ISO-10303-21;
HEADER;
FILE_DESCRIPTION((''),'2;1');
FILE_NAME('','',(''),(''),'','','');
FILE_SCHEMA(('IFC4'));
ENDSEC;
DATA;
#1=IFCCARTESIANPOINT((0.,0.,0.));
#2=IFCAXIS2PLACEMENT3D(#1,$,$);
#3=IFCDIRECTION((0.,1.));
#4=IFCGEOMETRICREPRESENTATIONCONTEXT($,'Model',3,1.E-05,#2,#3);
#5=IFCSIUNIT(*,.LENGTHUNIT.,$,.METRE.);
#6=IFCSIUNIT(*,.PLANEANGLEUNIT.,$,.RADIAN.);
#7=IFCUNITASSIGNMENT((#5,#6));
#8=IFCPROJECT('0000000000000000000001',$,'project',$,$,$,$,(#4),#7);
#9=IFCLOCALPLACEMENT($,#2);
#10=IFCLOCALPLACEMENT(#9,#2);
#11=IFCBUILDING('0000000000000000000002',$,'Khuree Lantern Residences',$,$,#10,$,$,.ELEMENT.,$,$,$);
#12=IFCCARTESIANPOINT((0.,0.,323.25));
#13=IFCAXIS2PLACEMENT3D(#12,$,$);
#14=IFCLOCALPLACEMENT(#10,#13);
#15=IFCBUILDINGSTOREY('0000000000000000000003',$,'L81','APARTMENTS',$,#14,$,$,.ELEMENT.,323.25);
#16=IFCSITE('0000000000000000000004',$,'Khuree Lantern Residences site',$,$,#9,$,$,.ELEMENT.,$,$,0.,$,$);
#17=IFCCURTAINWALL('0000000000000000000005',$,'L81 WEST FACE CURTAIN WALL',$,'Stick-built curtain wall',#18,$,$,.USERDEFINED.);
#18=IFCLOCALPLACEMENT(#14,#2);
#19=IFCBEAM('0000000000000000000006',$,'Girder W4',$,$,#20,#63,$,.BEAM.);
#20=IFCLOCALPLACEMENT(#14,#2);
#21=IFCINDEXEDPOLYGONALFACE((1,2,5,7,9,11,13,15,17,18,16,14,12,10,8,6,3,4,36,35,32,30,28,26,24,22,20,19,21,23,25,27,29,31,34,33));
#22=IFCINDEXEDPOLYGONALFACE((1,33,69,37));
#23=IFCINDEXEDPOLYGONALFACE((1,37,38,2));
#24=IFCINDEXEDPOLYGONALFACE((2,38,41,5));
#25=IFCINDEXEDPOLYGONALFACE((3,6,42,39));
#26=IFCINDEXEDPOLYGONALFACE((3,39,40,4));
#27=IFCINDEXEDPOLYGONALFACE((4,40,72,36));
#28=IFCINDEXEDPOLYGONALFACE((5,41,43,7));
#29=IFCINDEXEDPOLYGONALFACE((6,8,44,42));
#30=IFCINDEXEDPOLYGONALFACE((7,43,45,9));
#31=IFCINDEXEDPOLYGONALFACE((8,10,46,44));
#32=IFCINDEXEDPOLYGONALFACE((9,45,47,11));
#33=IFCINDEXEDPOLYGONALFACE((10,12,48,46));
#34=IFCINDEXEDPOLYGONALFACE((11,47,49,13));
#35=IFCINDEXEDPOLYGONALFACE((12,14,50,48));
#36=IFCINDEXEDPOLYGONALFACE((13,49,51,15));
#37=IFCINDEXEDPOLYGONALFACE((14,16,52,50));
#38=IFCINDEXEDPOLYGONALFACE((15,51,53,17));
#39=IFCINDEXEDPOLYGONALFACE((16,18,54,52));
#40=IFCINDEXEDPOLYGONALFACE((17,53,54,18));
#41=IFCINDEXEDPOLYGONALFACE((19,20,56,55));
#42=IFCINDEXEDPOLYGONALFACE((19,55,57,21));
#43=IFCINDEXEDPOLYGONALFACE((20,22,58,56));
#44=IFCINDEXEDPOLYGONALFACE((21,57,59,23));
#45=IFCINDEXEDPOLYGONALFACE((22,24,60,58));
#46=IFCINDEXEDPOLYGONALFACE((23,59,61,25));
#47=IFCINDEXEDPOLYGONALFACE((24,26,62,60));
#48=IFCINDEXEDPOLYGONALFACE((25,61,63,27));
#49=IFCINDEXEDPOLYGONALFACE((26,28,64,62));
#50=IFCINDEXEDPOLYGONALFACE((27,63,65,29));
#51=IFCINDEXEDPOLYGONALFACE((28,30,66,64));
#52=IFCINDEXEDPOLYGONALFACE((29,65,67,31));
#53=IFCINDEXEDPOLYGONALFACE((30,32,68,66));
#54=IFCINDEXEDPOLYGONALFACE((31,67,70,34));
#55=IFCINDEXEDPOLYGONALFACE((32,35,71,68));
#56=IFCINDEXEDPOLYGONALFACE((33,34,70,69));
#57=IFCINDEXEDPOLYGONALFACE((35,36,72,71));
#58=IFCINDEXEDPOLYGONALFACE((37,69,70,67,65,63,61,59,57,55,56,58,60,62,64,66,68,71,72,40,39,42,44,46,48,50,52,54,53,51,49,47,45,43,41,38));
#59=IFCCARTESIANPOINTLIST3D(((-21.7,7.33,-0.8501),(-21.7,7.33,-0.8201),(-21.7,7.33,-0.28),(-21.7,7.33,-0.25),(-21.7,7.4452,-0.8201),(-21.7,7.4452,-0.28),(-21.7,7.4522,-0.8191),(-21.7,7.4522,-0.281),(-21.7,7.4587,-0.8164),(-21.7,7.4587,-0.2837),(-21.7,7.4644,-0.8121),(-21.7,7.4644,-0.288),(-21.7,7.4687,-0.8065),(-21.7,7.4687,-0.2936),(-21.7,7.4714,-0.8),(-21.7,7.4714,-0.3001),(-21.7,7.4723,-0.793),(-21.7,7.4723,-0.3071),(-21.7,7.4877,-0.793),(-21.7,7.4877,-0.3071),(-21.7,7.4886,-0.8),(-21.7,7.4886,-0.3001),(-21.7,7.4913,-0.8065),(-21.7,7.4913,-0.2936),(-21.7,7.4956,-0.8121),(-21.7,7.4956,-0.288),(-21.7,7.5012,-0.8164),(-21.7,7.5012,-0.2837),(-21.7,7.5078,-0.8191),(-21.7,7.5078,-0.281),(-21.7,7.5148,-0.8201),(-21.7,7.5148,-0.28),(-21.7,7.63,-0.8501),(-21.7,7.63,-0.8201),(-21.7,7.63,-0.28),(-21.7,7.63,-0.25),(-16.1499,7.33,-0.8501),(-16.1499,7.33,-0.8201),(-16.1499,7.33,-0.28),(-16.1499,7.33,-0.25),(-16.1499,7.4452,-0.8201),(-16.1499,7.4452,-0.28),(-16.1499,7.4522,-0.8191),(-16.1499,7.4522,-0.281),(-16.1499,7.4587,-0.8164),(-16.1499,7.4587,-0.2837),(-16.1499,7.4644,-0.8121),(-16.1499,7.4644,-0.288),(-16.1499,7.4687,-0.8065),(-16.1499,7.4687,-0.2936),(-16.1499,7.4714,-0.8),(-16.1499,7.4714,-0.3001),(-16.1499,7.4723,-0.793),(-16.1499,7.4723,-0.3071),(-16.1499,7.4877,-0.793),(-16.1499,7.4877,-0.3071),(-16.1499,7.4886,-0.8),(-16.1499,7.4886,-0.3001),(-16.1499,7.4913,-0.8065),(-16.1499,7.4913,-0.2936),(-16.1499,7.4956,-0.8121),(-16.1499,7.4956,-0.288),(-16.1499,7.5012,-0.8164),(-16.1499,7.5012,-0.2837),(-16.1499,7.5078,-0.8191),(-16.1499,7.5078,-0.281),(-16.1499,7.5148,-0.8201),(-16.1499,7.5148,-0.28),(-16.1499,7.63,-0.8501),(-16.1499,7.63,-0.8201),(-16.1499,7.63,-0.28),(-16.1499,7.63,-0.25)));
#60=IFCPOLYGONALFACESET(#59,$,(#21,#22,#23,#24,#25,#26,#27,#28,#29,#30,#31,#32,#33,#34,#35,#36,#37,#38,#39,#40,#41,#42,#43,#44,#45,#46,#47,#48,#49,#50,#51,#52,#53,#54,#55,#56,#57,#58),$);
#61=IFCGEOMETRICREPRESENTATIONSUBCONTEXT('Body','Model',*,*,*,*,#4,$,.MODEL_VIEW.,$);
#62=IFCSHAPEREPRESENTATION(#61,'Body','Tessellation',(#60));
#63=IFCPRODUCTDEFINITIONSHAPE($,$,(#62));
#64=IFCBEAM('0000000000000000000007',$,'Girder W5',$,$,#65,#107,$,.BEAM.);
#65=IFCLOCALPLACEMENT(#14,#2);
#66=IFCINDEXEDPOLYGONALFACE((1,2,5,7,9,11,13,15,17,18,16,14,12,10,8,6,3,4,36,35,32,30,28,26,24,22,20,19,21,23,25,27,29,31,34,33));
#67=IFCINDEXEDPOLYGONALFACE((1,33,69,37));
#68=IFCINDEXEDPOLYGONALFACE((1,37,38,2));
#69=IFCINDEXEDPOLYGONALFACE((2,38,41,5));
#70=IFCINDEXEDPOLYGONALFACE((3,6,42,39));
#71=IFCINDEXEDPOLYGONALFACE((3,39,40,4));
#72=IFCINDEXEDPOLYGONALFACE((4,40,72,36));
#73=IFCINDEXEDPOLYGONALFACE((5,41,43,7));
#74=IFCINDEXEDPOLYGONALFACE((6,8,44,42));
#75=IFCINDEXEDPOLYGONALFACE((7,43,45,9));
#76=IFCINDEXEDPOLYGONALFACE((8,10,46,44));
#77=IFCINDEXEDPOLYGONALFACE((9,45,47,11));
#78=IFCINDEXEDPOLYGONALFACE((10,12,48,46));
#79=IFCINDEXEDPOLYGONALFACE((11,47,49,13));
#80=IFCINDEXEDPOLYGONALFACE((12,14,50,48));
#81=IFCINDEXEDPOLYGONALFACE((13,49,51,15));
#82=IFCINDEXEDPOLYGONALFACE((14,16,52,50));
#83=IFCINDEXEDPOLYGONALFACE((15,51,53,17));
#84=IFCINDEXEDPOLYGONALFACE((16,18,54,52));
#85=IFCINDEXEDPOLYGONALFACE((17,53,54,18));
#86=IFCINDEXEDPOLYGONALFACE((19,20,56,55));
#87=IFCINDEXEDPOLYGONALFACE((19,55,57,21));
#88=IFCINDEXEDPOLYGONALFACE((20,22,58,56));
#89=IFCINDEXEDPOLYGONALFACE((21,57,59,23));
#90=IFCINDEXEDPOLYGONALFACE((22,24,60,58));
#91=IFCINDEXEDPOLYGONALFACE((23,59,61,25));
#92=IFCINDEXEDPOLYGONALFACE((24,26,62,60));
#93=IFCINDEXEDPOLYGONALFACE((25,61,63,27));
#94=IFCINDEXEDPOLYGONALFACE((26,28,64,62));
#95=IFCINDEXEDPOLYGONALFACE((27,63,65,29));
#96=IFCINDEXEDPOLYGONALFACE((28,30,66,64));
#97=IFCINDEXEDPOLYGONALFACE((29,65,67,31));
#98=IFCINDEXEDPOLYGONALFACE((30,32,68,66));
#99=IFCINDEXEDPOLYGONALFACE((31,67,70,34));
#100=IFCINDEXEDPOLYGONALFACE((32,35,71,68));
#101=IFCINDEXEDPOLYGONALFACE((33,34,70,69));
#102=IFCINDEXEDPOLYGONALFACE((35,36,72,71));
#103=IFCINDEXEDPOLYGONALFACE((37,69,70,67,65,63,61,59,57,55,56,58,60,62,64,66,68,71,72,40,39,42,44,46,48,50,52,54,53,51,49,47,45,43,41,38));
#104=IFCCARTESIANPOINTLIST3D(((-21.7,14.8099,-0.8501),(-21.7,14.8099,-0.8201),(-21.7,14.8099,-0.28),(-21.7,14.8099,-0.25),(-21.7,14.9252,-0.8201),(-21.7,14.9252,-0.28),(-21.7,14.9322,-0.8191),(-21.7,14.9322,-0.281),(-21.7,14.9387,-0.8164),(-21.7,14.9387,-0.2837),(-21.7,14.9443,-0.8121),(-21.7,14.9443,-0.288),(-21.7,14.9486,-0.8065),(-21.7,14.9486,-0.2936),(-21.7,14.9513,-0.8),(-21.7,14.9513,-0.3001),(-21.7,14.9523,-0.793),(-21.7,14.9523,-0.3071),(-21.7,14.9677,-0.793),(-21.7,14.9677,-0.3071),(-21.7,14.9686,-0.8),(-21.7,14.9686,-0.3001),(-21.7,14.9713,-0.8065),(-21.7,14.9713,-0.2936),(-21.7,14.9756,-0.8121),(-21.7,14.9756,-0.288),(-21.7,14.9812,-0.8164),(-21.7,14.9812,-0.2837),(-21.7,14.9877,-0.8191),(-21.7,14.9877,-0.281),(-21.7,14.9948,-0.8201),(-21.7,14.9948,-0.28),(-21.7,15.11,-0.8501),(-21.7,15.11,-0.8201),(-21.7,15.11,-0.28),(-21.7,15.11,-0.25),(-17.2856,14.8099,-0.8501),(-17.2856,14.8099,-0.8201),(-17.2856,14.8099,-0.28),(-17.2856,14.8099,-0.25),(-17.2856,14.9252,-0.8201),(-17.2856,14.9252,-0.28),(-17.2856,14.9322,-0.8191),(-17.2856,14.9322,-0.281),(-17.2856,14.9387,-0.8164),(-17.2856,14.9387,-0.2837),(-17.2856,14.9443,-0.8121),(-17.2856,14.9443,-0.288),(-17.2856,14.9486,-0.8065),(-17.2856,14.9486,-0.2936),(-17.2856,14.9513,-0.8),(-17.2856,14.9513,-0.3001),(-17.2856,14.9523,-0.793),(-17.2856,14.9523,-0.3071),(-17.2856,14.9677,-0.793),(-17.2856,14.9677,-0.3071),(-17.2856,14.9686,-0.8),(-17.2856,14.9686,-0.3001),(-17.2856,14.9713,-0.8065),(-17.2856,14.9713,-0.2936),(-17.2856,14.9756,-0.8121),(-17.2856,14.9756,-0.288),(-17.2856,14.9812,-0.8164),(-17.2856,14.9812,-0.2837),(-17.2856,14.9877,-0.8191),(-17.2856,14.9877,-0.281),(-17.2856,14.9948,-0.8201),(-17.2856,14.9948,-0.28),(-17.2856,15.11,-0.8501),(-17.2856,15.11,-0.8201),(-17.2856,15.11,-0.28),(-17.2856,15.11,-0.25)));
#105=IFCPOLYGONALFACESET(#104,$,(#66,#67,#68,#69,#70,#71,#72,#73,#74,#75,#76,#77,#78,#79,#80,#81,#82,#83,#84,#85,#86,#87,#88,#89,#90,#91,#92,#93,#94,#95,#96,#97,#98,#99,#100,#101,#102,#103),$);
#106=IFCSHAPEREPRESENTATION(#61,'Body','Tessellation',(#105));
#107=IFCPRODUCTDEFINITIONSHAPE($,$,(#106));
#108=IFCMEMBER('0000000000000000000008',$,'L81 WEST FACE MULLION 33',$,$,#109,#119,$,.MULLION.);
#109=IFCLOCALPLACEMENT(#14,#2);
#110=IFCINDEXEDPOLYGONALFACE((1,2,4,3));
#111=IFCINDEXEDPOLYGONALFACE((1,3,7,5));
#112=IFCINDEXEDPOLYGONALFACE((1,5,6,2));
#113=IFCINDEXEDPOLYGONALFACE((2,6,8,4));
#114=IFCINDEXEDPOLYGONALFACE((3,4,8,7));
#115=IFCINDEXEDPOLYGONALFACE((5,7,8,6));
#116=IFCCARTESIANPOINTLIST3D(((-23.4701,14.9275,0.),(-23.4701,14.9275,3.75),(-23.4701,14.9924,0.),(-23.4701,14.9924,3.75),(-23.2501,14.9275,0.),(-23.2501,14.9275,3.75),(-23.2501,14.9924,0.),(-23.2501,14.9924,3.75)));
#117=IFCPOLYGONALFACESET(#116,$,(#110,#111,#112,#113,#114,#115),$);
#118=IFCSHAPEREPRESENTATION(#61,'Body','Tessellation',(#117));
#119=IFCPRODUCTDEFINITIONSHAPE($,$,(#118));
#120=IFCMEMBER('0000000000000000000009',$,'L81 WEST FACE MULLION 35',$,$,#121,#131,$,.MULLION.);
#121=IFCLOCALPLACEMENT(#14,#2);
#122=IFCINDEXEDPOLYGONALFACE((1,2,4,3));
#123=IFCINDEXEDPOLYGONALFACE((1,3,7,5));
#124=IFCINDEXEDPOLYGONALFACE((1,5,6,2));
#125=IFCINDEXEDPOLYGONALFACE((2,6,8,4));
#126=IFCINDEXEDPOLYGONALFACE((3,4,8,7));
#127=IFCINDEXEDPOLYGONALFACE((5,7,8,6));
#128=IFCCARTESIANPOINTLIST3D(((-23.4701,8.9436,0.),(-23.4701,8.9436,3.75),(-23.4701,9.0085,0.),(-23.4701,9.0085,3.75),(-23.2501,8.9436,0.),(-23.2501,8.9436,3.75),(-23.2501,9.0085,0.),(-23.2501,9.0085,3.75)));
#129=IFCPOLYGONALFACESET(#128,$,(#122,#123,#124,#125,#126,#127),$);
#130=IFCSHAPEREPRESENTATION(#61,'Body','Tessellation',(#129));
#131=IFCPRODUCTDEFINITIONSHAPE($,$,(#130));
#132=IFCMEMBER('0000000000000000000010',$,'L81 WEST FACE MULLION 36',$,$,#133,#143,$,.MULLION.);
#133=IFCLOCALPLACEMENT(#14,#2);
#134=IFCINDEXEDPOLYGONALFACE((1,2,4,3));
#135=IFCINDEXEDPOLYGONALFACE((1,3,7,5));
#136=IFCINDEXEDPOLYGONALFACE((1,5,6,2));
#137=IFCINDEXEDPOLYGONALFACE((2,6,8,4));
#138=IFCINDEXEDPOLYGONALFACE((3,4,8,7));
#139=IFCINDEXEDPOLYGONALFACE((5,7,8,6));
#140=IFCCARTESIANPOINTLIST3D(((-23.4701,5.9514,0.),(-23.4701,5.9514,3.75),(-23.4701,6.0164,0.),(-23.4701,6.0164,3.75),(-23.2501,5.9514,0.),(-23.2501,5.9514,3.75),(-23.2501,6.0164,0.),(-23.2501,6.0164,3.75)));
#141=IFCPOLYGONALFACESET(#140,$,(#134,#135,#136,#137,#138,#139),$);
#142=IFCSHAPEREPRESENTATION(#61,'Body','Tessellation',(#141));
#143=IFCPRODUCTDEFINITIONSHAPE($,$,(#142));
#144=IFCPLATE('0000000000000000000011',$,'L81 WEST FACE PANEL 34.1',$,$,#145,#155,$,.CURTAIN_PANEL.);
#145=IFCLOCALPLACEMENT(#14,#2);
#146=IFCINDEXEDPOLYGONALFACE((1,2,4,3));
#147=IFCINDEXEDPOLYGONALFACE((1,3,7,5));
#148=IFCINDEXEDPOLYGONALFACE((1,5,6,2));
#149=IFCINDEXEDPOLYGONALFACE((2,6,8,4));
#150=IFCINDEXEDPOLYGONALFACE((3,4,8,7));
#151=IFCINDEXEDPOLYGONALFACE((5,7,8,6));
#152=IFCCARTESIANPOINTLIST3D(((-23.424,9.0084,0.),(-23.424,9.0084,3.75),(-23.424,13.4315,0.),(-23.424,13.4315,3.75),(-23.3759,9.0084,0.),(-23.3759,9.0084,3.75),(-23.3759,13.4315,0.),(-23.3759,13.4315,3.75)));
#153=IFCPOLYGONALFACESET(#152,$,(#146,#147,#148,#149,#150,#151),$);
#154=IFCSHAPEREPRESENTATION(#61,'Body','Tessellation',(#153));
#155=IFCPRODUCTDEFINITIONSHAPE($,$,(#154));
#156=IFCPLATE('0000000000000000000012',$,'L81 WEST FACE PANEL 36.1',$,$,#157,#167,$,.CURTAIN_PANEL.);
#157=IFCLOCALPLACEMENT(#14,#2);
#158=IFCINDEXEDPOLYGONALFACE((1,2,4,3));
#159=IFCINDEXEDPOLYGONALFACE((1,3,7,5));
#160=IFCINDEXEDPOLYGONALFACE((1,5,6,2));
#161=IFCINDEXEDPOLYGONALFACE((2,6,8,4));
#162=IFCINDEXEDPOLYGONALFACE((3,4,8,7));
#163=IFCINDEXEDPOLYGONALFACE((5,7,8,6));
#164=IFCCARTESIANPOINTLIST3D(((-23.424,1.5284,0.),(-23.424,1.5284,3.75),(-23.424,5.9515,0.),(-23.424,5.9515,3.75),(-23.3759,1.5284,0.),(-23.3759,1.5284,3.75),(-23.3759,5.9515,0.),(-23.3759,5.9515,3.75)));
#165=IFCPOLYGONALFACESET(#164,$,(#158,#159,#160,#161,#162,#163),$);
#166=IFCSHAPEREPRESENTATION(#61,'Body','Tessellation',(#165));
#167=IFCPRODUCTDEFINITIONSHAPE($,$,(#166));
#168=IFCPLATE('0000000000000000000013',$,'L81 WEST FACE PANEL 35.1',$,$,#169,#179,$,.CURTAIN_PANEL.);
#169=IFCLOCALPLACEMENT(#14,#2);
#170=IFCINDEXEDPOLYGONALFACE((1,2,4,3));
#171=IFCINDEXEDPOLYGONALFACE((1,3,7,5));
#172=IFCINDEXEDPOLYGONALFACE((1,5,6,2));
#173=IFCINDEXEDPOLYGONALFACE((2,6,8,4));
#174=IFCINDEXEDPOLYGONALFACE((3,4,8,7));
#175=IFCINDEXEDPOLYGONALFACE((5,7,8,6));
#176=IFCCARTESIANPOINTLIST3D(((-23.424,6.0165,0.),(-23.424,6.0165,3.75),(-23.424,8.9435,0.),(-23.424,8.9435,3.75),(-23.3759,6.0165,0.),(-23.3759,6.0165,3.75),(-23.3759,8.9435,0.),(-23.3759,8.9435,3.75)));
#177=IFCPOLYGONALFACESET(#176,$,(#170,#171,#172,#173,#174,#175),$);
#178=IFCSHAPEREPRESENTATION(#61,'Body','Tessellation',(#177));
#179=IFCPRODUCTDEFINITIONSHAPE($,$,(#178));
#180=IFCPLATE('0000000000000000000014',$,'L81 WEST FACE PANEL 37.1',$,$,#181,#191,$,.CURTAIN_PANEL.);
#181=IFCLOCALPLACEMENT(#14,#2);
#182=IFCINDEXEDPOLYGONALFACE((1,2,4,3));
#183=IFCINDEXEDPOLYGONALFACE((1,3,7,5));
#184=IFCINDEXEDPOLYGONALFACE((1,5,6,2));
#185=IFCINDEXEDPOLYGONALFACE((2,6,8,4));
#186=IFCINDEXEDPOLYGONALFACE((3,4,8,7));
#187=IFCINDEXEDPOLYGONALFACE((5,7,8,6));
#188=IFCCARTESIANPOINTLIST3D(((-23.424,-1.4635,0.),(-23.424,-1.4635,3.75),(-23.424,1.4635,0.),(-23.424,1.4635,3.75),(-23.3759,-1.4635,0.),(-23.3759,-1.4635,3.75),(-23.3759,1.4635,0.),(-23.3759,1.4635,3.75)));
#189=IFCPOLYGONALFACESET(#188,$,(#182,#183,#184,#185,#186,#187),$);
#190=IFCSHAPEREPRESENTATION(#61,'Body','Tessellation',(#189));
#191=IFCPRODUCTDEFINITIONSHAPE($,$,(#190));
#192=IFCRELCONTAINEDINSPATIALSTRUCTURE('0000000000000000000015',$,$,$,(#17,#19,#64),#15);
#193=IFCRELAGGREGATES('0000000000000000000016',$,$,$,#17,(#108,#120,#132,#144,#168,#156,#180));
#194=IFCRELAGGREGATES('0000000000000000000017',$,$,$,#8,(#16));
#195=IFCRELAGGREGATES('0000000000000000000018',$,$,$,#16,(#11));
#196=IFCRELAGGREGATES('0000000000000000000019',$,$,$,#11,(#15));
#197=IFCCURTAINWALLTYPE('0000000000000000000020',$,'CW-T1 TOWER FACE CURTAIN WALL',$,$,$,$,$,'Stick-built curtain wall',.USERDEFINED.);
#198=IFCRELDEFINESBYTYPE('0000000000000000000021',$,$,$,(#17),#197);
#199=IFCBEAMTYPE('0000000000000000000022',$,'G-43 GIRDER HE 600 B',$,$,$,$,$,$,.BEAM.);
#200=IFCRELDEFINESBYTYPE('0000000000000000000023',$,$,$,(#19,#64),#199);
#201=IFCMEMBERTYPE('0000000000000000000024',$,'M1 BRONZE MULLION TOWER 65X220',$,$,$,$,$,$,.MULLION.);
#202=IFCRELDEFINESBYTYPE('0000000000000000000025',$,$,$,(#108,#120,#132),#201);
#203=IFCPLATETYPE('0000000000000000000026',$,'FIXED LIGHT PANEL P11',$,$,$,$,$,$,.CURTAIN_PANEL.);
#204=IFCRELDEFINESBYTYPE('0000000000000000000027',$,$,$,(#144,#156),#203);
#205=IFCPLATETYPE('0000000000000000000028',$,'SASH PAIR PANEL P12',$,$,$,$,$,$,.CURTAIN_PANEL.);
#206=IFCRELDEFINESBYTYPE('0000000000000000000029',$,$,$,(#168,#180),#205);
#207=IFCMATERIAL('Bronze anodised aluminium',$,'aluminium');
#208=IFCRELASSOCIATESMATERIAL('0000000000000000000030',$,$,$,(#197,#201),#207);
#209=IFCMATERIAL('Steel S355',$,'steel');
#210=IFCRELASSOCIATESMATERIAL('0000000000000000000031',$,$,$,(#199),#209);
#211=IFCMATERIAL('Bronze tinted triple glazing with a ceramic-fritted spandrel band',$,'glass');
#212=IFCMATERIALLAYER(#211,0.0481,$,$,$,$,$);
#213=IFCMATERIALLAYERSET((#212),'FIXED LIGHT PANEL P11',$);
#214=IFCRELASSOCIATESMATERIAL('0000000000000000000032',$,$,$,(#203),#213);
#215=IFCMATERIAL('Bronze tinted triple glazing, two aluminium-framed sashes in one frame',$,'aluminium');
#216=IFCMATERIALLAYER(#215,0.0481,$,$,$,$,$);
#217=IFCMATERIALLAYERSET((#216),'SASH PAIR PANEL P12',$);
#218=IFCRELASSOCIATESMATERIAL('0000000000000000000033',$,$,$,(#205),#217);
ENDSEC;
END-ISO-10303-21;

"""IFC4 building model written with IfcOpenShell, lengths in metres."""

from ifc_helpers import new_model, si_unit, direction, frame, origin, origin_2d, place, context, subcontext, project, spatial, rectangle, i_section, extrude, material, layer, layer_set, material_profile, profile_set, type_object, element, aggregate, save


model = new_model("IFC4")

# Units and contexts
model_context = context("Model", 3, precision=1e-05, world=origin(), true_north=direction((0.0, 1.0)))
body_context = subcontext(model_context, "Body", "Model", "MODEL_VIEW")
ifc_project = project(units=[si_unit("LENGTHUNIT", "METRE"), si_unit("PLANEANGLEUNIT", "RADIAN")], contexts=[model_context])

# Site, building, storey
site_placement = place(None, origin())
site = spatial("IfcSite", under=ifc_project, at=site_placement, Name="Khuree Lantern Residences site", CompositionType="ELEMENT", RefElevation=0.0)
building_placement = place(site_placement, origin())
building = spatial("IfcBuilding", under=site, at=building_placement, Name="Khuree Lantern Residences", CompositionType="ELEMENT")
storey_placement = place(building_placement, frame((0.0, 0.0, 323.25)))
storey = spatial("IfcBuildingStorey", under=building, at=storey_placement, Name="L81", Description="APARTMENTS", CompositionType="ELEMENT", Elevation=323.25)

# Shared definitions
ifc_material_1 = material(Name="Steel S355", Category="steel")

# Curtain wall
ifc_material_2 = material(Name="Bronze anodised aluminium", Category="aluminium")
curtain_wall_type = type_object("IfcCurtainWallType", Name="CW-T1 TOWER FACE CURTAIN WALL", ElementType="Stick-built curtain wall", PredefinedType="USERDEFINED", material=ifc_material_2)
curtain_wall_placement = place(storey_placement, origin())
curtain_wall = element("IfcCurtainWall", 1, at=curtain_wall_placement, inside=storey, type_object=curtain_wall_type, Name="L81 WEST FACE CURTAIN WALL", ObjectType="Stick-built curtain wall", PredefinedType="USERDEFINED")

# Beams
ifc_material_profile_1 = material_profile(ifc_material_1, i_section(OverallWidth=0.3, OverallDepth=0.6001, WebThickness=0.0154, FlangeThickness=0.03, FilletRadius=0.0271, at=origin_2d()), Name="HE 600 B")
ifc_profile_set_1 = profile_set([ifc_material_profile_1], Name="Steel S355")
beam_type_1 = type_object("IfcBeamType", Name="G-43 GIRDER HE 600 B", PredefinedType="BEAM", material=ifc_profile_set_1)
for number, where, z_axis, x_axis, name in (
    (2, (-21.7, 7.48, -0.55), (1.0, 0.0, 0.0), (0.0, 1.0, 0.0), "Girder W4"),
):
    element("IfcBeam", number, at=place(storey_placement, frame(where, z_axis=z_axis, x_axis=x_axis)), inside=storey, type_object=beam_type_1, Name=name, PredefinedType="BEAM", context=body_context, shape_type="SweptSolid", body=[
        extrude(i_section(OverallWidth=0.3, OverallDepth=0.6001, WebThickness=0.0154, FlangeThickness=0.03, FilletRadius=0.0271, at=origin_2d()), origin(), (0.0, 0.0, 1.0), 5.55),
    ])
beam_1_placement = place(storey_placement, frame((-21.7, 14.96, -0.55), z_axis=(1.0, 0.0, 0.0), x_axis=(0.0, 1.0, 0.0)))
element("IfcBeam", 3, at=beam_1_placement, inside=storey, type_object=beam_type_1, Name="Girder W5", PredefinedType="BEAM", context=body_context, shape_type="SweptSolid", body=[
    extrude(i_section(OverallWidth=0.3, OverallDepth=0.6001, WebThickness=0.0154, FlangeThickness=0.03, FilletRadius=0.0271, at=origin_2d()), origin(), (0.0, 0.0, 1.0), 4.4143),
])

# Members
ifc_material_profile_2 = material_profile(ifc_material_2, rectangle(XDim=0.0649, YDim=0.22, at=origin_2d()), Name="M1 65X220")
ifc_profile_set_2 = profile_set([ifc_material_profile_2], Name="Bronze anodised aluminium")
member_type_1 = type_object("IfcMemberType", Name="M1 BRONZE MULLION TOWER 65X220", PredefinedType="MULLION", material=ifc_profile_set_2)
member_1_placement = place(storey_placement, frame((-23.3601, 14.96, 0.0), z_axis=(0.0, 0.0, 1.0), x_axis=(0.0, -1.0, 0.0)))
member_1 = element("IfcMember", 4, at=member_1_placement, type_object=member_type_1, Name="L81 WEST FACE MULLION 33", PredefinedType="MULLION", context=body_context, shape_type="SweptSolid", body=[
    extrude(rectangle(XDim=0.0649, YDim=0.22, at=origin_2d()), origin(), (0.0, 0.0, 1.0), 3.75),
])
member_2_placement = place(storey_placement, frame((-23.3601, 8.9761, 0.0), z_axis=(0.0, 0.0, 1.0), x_axis=(0.0, -1.0, 0.0)))
member_2 = element("IfcMember", 5, at=member_2_placement, type_object=member_type_1, Name="L81 WEST FACE MULLION 35", PredefinedType="MULLION", context=body_context, shape_type="SweptSolid", body=[
    extrude(rectangle(XDim=0.0649, YDim=0.22, at=origin_2d()), origin(), (0.0, 0.0, 1.0), 3.75),
])
member_3_placement = place(storey_placement, frame((-23.3601, 5.9839, 0.0), z_axis=(0.0, 0.0, 1.0), x_axis=(0.0, -1.0, 0.0)))
member_3 = element("IfcMember", 6, at=member_3_placement, type_object=member_type_1, Name="L81 WEST FACE MULLION 36", PredefinedType="MULLION", context=body_context, shape_type="SweptSolid", body=[
    extrude(rectangle(XDim=0.0649, YDim=0.22, at=origin_2d()), origin(), (0.0, 0.0, 1.0), 3.75),
])

# Plates
ifc_material_3 = material(Name="Bronze tinted triple glazing with a ceramic-fritted spandrel band", Category="glass")
ifc_layer_1 = layer(ifc_material_3, 0.0481)
ifc_layer_set_1 = layer_set([ifc_layer_1], Name="FIXED LIGHT PANEL P11")
plate_type_1 = type_object("IfcPlateType", Name="FIXED LIGHT PANEL P11", PredefinedType="CURTAIN_PANEL", material=ifc_layer_set_1)
plate_1_placement = place(storey_placement, frame((-23.3999, 11.22, 0.0), z_axis=(0.0, 0.0, 1.0), x_axis=(0.0, -1.0, 0.0)))
plate_1 = element("IfcPlate", 7, at=plate_1_placement, type_object=plate_type_1, Name="L81 WEST FACE PANEL 34.1", PredefinedType="CURTAIN_PANEL", context=body_context, shape_type="SweptSolid", body=[
    extrude(rectangle(XDim=4.4231, YDim=0.0481, at=origin_2d()), origin(), (0.0, 0.0, 1.0), 3.75),
])
plate_2_placement = place(storey_placement, frame((-23.3999, 3.74, 0.0), z_axis=(0.0, 0.0, 1.0), x_axis=(0.0, -1.0, 0.0)))
plate_2 = element("IfcPlate", 8, at=plate_2_placement, type_object=plate_type_1, Name="L81 WEST FACE PANEL 36.1", PredefinedType="CURTAIN_PANEL", context=body_context, shape_type="SweptSolid", body=[
    extrude(rectangle(XDim=4.4231, YDim=0.0481, at=origin_2d()), origin(), (0.0, 0.0, 1.0), 3.75),
])
ifc_material_4 = material(Name="Bronze tinted triple glazing, two aluminium-framed sashes in one frame", Category="aluminium")
ifc_layer_2 = layer(ifc_material_4, 0.0481)
ifc_layer_set_2 = layer_set([ifc_layer_2], Name="SASH PAIR PANEL P12")
plate_type_2 = type_object("IfcPlateType", Name="SASH PAIR PANEL P12", PredefinedType="CURTAIN_PANEL", material=ifc_layer_set_2)
plate_3_placement = place(storey_placement, frame((-23.3999, 7.48, 0.0), z_axis=(0.0, 0.0, 1.0), x_axis=(0.0, -1.0, 0.0)))
plate_3 = element("IfcPlate", 9, at=plate_3_placement, type_object=plate_type_2, Name="L81 WEST FACE PANEL 35.1", PredefinedType="CURTAIN_PANEL", context=body_context, shape_type="SweptSolid", body=[
    extrude(rectangle(XDim=2.927, YDim=0.0481, at=origin_2d()), origin(), (0.0, 0.0, 1.0), 3.75),
])
plate_4_placement = place(storey_placement, frame((-23.3999, 0.0, 0.0), z_axis=(0.0, 0.0, 1.0), x_axis=(0.0, -1.0, 0.0)))
plate_4 = element("IfcPlate", 10, at=plate_4_placement, type_object=plate_type_2, Name="L81 WEST FACE PANEL 37.1", PredefinedType="CURTAIN_PANEL", context=body_context, shape_type="SweptSolid", body=[
    extrude(rectangle(XDim=2.927, YDim=0.0481, at=origin_2d()), origin(), (0.0, 0.0, 1.0), 3.75),
])
aggregate(curtain_wall, [member_1, member_2, member_3, plate_1, plate_3, plate_2, plate_4])

save(model, "model.ifc")
